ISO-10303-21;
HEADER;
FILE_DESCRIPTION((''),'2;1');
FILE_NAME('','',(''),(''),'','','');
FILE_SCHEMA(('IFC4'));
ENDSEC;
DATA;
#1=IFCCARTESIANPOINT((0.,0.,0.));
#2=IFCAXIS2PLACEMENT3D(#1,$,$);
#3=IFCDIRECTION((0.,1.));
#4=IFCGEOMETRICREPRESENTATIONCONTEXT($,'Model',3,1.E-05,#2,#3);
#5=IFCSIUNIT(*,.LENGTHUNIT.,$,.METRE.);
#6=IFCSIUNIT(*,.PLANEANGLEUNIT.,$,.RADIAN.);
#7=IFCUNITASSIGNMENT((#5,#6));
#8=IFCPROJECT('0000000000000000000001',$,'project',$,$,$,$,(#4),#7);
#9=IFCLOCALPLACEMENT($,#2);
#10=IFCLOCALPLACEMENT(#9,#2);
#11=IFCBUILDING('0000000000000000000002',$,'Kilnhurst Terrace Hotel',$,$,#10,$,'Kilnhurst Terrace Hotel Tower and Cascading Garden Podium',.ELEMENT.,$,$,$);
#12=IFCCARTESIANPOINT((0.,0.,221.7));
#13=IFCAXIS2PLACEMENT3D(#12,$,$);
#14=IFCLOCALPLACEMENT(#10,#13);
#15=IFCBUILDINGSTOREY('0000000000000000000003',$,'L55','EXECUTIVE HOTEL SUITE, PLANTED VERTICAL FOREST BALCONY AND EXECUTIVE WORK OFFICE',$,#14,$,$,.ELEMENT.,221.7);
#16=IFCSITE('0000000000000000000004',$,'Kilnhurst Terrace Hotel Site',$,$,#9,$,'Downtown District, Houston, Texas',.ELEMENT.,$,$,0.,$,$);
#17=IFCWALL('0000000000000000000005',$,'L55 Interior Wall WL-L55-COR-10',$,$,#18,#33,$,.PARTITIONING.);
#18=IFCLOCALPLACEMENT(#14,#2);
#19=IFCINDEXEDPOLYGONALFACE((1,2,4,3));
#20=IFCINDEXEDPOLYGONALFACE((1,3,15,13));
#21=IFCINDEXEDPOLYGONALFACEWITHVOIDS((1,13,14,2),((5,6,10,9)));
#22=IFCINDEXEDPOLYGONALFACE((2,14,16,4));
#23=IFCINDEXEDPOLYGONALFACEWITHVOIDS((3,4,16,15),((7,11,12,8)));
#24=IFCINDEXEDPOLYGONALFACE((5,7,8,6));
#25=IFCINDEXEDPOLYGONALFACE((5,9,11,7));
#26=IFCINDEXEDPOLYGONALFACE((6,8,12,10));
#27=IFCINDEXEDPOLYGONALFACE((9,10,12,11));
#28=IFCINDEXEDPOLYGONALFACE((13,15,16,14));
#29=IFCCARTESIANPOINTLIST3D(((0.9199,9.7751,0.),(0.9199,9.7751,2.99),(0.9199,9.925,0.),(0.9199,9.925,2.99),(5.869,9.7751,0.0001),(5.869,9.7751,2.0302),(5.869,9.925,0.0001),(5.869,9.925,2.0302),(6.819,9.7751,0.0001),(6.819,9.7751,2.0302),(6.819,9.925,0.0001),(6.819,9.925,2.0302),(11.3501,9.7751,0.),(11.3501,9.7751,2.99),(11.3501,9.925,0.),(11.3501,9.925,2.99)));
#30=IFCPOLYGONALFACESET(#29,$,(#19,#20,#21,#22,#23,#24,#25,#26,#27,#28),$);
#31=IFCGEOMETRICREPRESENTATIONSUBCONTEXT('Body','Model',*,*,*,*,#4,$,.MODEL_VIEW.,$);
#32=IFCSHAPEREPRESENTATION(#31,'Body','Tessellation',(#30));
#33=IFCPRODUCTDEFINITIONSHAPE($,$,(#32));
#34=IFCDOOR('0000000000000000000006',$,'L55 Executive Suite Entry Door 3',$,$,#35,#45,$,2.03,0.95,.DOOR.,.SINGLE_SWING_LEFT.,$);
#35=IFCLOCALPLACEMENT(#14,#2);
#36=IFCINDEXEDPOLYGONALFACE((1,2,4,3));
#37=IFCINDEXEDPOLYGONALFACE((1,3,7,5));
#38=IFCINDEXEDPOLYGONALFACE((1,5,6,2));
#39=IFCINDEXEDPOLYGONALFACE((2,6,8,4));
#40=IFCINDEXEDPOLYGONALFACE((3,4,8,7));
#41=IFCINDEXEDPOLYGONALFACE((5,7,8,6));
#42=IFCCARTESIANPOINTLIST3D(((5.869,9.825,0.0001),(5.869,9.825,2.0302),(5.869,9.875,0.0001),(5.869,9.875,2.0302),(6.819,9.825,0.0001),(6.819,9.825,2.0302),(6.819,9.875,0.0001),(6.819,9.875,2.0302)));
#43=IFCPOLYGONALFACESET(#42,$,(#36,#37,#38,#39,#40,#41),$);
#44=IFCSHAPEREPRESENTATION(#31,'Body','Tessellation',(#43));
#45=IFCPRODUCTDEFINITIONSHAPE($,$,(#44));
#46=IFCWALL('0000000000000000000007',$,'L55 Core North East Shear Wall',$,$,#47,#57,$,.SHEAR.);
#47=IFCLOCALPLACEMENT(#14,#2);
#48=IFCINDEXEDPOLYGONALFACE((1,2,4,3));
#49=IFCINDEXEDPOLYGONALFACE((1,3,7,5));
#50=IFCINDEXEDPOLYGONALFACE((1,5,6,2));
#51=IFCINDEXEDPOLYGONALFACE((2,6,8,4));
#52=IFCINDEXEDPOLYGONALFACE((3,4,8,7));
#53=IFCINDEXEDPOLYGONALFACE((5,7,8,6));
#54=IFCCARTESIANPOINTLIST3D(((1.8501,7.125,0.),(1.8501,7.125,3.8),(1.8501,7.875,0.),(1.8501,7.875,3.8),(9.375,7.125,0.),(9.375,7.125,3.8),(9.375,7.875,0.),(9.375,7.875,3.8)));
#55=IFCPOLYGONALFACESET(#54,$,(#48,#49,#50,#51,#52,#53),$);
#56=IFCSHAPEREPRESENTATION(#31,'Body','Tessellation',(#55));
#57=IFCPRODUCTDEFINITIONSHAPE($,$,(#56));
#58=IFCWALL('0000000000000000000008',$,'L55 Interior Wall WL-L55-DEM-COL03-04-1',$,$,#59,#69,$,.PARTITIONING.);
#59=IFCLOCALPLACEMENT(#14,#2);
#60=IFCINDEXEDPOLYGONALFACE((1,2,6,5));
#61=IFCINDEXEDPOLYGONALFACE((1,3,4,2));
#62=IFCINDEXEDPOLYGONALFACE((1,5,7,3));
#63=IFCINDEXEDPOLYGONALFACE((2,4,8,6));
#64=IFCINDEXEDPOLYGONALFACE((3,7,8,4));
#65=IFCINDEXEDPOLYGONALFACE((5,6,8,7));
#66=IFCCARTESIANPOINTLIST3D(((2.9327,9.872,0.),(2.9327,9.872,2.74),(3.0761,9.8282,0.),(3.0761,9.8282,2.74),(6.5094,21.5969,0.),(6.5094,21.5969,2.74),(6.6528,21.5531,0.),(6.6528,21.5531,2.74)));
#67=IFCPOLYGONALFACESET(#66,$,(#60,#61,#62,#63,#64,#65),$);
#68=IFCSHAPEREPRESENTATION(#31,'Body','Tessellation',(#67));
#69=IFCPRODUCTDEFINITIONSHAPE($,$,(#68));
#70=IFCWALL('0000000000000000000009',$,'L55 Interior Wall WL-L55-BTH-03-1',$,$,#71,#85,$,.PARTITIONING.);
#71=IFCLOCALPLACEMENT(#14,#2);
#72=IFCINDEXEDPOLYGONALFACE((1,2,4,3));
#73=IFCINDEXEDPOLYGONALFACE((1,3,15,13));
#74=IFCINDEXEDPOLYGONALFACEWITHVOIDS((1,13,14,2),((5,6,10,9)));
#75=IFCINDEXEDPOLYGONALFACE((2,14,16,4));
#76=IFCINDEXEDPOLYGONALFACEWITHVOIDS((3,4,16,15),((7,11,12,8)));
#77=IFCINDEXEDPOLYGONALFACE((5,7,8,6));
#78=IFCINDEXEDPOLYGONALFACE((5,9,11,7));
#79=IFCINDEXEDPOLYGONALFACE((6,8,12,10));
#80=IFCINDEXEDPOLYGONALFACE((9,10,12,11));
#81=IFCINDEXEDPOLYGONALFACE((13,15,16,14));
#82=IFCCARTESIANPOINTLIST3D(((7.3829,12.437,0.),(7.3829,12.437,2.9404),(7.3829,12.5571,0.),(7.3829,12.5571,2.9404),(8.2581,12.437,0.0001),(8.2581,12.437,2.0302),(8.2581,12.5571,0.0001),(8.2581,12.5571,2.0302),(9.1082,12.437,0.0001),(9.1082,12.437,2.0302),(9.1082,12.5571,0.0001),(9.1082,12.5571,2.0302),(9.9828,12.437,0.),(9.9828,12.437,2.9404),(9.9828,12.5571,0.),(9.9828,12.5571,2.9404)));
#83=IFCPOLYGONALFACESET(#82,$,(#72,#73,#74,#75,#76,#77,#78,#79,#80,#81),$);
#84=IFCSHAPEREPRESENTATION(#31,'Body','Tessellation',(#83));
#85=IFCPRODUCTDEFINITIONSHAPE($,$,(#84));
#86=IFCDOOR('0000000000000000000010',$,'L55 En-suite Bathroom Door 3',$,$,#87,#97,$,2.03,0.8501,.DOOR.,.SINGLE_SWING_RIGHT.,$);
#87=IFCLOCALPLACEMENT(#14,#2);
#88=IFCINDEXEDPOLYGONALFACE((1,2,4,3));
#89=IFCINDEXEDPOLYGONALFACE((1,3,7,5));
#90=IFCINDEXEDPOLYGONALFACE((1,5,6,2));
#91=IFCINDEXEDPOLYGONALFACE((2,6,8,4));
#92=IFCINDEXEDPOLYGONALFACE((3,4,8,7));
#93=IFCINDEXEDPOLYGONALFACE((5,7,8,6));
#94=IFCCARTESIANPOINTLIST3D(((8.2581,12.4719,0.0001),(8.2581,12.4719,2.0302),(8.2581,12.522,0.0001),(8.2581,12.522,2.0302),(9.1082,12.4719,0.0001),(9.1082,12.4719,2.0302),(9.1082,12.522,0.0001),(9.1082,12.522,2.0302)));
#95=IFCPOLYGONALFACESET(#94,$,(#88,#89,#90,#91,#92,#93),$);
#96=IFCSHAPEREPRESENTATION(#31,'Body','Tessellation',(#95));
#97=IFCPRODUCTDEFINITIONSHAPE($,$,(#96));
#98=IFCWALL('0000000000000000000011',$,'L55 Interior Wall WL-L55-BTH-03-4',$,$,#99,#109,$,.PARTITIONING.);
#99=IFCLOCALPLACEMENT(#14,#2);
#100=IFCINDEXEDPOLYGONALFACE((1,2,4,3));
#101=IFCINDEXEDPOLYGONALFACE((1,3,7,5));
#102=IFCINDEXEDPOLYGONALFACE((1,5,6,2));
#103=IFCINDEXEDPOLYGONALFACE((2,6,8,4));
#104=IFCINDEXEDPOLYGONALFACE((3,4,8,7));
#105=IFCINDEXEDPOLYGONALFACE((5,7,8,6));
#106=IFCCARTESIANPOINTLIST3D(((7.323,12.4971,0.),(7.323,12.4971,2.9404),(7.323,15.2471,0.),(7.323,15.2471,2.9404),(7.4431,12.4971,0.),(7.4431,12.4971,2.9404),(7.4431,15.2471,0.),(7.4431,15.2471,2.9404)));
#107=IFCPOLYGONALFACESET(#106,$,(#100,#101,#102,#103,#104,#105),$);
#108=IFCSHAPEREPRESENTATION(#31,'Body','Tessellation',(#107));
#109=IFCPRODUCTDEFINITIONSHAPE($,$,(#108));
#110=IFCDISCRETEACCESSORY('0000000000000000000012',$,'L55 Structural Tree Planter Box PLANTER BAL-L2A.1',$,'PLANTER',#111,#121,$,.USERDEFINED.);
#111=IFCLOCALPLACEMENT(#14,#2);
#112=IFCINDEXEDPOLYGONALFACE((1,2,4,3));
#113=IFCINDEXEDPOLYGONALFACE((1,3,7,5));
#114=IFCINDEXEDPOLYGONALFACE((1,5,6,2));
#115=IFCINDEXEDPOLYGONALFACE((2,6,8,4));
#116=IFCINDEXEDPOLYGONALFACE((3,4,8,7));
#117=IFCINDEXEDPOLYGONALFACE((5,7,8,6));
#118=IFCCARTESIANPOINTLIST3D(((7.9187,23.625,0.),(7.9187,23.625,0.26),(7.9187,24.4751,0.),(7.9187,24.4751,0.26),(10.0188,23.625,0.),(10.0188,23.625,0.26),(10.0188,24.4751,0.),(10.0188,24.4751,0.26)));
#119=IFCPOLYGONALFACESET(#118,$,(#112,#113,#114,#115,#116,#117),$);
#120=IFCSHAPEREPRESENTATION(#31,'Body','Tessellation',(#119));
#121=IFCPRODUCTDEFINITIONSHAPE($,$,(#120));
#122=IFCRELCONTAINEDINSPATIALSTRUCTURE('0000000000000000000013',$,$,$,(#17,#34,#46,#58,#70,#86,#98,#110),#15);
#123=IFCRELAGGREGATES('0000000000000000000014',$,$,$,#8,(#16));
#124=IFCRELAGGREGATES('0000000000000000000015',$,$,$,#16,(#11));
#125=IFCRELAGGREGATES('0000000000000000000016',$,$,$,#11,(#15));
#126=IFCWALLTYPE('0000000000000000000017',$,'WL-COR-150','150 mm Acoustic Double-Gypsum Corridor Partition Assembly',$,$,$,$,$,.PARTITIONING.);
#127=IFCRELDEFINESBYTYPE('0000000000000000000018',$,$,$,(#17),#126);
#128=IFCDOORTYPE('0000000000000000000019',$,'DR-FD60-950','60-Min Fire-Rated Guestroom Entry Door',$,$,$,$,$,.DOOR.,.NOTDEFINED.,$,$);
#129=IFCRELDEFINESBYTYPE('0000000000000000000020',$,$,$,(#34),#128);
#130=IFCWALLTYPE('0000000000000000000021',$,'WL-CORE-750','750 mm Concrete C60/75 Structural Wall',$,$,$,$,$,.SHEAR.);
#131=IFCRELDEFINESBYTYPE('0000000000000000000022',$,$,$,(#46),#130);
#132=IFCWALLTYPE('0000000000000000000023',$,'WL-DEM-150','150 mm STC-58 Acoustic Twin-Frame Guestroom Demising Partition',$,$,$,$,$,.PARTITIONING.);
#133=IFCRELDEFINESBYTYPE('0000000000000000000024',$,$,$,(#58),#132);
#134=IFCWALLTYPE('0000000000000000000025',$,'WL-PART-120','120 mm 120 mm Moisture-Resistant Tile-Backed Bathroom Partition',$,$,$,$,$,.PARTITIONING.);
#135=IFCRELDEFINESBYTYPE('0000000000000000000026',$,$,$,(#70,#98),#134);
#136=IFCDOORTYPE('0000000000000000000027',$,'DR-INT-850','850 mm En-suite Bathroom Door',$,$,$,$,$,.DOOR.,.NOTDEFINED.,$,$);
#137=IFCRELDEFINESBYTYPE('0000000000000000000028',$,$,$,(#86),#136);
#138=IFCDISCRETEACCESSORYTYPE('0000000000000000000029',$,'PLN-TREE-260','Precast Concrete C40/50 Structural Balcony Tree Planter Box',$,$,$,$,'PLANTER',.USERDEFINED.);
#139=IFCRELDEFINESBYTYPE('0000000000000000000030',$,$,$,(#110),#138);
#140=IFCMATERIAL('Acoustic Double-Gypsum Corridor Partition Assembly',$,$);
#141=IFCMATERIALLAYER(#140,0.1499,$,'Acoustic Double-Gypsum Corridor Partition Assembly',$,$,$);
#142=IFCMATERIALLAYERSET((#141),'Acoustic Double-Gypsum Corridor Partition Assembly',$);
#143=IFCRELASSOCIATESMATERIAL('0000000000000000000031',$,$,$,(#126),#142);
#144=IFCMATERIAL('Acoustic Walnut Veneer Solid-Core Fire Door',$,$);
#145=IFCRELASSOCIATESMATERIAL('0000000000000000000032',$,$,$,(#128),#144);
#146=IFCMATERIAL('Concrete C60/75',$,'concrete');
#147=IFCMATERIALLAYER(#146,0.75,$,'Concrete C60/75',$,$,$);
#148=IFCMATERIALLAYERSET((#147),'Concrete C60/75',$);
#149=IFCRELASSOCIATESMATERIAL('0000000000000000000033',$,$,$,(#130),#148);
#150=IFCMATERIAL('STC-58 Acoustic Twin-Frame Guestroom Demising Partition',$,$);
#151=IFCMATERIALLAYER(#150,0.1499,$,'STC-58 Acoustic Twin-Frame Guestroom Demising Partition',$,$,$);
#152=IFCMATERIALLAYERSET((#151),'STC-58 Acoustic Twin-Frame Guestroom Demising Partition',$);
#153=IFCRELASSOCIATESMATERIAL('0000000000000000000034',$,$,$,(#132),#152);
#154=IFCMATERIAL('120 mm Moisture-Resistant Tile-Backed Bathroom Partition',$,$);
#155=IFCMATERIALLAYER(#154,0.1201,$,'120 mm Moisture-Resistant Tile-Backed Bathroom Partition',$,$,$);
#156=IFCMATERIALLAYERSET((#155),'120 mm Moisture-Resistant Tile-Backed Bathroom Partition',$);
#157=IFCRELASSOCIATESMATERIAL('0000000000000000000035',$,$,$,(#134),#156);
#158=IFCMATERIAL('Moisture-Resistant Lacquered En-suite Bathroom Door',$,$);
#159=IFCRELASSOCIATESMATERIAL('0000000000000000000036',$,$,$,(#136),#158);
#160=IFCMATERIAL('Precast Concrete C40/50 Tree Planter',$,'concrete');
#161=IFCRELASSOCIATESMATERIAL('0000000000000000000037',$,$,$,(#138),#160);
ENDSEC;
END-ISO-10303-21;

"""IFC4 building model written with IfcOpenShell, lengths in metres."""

from ifc_helpers import new_model, si_unit, direction, frame, frame_2d, origin, origin_2d, place, context, subcontext, project, spatial, rectangle, extrude, material, layer, layer_set, type_object, element, fill, save


model = new_model("IFC4")

# Units and contexts
model_context = context("Model", 3, precision=1e-05, world=origin(), true_north=direction((0.0, 1.0)))
body_context = subcontext(model_context, "Body", "Model", "MODEL_VIEW")
ifc_project = project(units=[si_unit("LENGTHUNIT", "METRE"), si_unit("PLANEANGLEUNIT", "RADIAN")], contexts=[model_context])

# Site, building, storey
site_placement = place(None, origin())
site = spatial("IfcSite", under=ifc_project, at=site_placement, Name="Kilnhurst Terrace Hotel Site", LongName="Downtown District, Houston, Texas", CompositionType="ELEMENT", RefElevation=0.0)
building_placement = place(site_placement, origin())
building = spatial("IfcBuilding", under=site, at=building_placement, Name="Kilnhurst Terrace Hotel", LongName="Kilnhurst Terrace Hotel Tower and Cascading Garden Podium", CompositionType="ELEMENT")
storey_placement = place(building_placement, frame((0.0, 0.0, 221.7)))
storey = spatial("IfcBuildingStorey", under=building, at=storey_placement, Name="L55", Description="EXECUTIVE HOTEL SUITE, PLANTED VERTICAL FOREST BALCONY AND EXECUTIVE WORK OFFICE", CompositionType="ELEMENT", Elevation=221.7)

# Shared definitions
ifc_material_1 = material(Name="Concrete C60/75", Category="concrete")

# Shared definitions
ifc_material_2 = material(Name="Acoustic Double-Gypsum Corridor Partition Assembly")
ifc_layer_1 = layer(ifc_material_2, 0.1499, Name="Acoustic Double-Gypsum Corridor Partition Assembly")
ifc_layer_set_1 = layer_set([ifc_layer_1], Name="Acoustic Double-Gypsum Corridor Partition Assembly")
wall_type_1 = type_object("IfcWallType", Name="WL-COR-150", Description="150 mm Acoustic Double-Gypsum Corridor Partition Assembly", PredefinedType="PARTITIONING", material=ifc_layer_set_1)

# Wall, opening, door
wall_1_placement = place(storey_placement, frame((0.9199, 9.8501, 0.0), z_axis=(0.0, 0.0, 1.0), x_axis=(1.0, 0.0, 0.0)))
wall_1 = element("IfcWall", 1, at=wall_1_placement, inside=storey, type_object=wall_type_1, Name="L55 Interior Wall WL-L55-COR-10", PredefinedType="PARTITIONING", context=body_context, shape_type="SweptSolid", body=[
    extrude(rectangle(XDim=10.4302, YDim=0.1499, at=frame_2d((5.2151, 0.0))), origin(), (0.0, 0.0, 1.0), 2.99),
])
opening_1_placement = place(wall_1_placement, frame((4.949, 0.0, 0.0)))
opening_1 = element("IfcOpeningElement", 2, at=opening_1_placement, cuts=wall_1, PredefinedType="OPENING", context=body_context, shape_type="SweptSolid", body=[
    extrude(rectangle(XDim=0.95, YDim=2.03, at=frame_2d((0.4751, 1.0151))), frame((0.0, 0.085, 0.0), z_axis=(0.0, -1.0, 0.0), x_axis=(1.0, 0.0, 0.0)), (0.0, 0.0, 1.0), 0.1699),
])
ifc_material_3 = material(Name="Acoustic Walnut Veneer Solid-Core Fire Door")
door_type_1 = type_object("IfcDoorType", Name="DR-FD60-950", Description="60-Min Fire-Rated Guestroom Entry Door", OperationType="NOTDEFINED", PredefinedType="DOOR", material=ifc_material_3)
door_1_placement = place(opening_1_placement, origin())
door_1 = element("IfcDoor", 3, at=door_1_placement, inside=storey, type_object=door_type_1, Name="L55 Executive Suite Entry Door 3", OperationType="SINGLE_SWING_LEFT", OverallHeight=2.03, OverallWidth=0.95, PredefinedType="DOOR", context=body_context, shape_type="SweptSolid", body=[
    extrude(rectangle(XDim=0.95, YDim=2.03, at=frame_2d((0.4751, 1.0151))), frame((0.0, 0.0249, 0.0), z_axis=(0.0, -1.0, 0.0), x_axis=(1.0, 0.0, 0.0)), (0.0, 0.0, 1.0), 0.05),
])
fill(opening_1, door_1)

# Walls
ifc_layer_2 = layer(ifc_material_1, 0.75, Name="Concrete C60/75")
ifc_layer_set_2 = layer_set([ifc_layer_2], Name="Concrete C60/75")
wall_type_2 = type_object("IfcWallType", Name="WL-CORE-750", Description="750 mm Concrete C60/75 Structural Wall", PredefinedType="SHEAR", material=ifc_layer_set_2)
wall_2_placement = place(storey_placement, frame((1.8501, 7.5, 0.0), z_axis=(0.0, 0.0, 1.0), x_axis=(1.0, 0.0, 0.0)))
element("IfcWall", 4, at=wall_2_placement, inside=storey, type_object=wall_type_2, Name="L55 Core North East Shear Wall", PredefinedType="SHEAR", context=body_context, shape_type="SweptSolid", body=[
    extrude(rectangle(XDim=7.5249, YDim=0.75, at=frame_2d((3.7625, 0.0))), origin(), (0.0, 0.0, 1.0), 3.8),
])
ifc_material_4 = material(Name="STC-58 Acoustic Twin-Frame Guestroom Demising Partition")
ifc_layer_3 = layer(ifc_material_4, 0.1499, Name="STC-58 Acoustic Twin-Frame Guestroom Demising Partition")
ifc_layer_set_3 = layer_set([ifc_layer_3], Name="STC-58 Acoustic Twin-Frame Guestroom Demising Partition")
wall_type_3 = type_object("IfcWallType", Name="WL-DEM-150", Description="150 mm STC-58 Acoustic Twin-Frame Guestroom Demising Partition", PredefinedType="PARTITIONING", material=ifc_layer_set_3)
wall_3_placement = place(storey_placement, frame((3.0044, 9.8501, 0.0), z_axis=(0.0, 0.0, 1.0), x_axis=(0.291776, 0.956487, 0.0)))
element("IfcWall", 5, at=wall_3_placement, inside=storey, type_object=wall_type_3, Name="L55 Interior Wall WL-L55-DEM-COL03-04-1", PredefinedType="PARTITIONING", context=body_context, shape_type="SweptSolid", body=[
    extrude(rectangle(XDim=12.2583, YDim=0.1499, at=frame_2d((6.1292, 0.0))), origin(), (0.0, 0.0, 1.0), 2.74),
])

# Wall, opening, door
ifc_material_5 = material(Name="120 mm Moisture-Resistant Tile-Backed Bathroom Partition")
ifc_layer_4 = layer(ifc_material_5, 0.1201, Name="120 mm Moisture-Resistant Tile-Backed Bathroom Partition")
ifc_layer_set_4 = layer_set([ifc_layer_4], Name="120 mm Moisture-Resistant Tile-Backed Bathroom Partition")
wall_type_4 = type_object("IfcWallType", Name="WL-PART-120", Description="120 mm 120 mm Moisture-Resistant Tile-Backed Bathroom Partition", PredefinedType="PARTITIONING", material=ifc_layer_set_4)
wall_4_placement = place(storey_placement, frame((7.3831, 12.4971, 0.0), z_axis=(0.0, 0.0, 1.0), x_axis=(1.0, 0.0, 0.0)))
wall_4 = element("IfcWall", 6, at=wall_4_placement, inside=storey, type_object=wall_type_4, Name="L55 Interior Wall WL-L55-BTH-03-1", PredefinedType="PARTITIONING", context=body_context, shape_type="SweptSolid", body=[
    extrude(rectangle(XDim=2.5999, YDim=0.1201, at=frame_2d((1.2998, 0.0))), origin(), (0.0, 0.0, 1.0), 2.9404),
])
opening_2_placement = place(wall_4_placement, frame((0.875, 0.0, 0.0)))
opening_2 = element("IfcOpeningElement", 7, at=opening_2_placement, cuts=wall_4, PredefinedType="OPENING", context=body_context, shape_type="SweptSolid", body=[
    extrude(rectangle(XDim=0.8501, YDim=2.03, at=frame_2d((0.425, 1.0151))), frame((0.0, 0.0701, 0.0), z_axis=(0.0, -1.0, 0.0), x_axis=(1.0, 0.0, 0.0)), (0.0, 0.0, 1.0), 0.1401),
])
ifc_material_6 = material(Name="Moisture-Resistant Lacquered En-suite Bathroom Door")
door_type_2 = type_object("IfcDoorType", Name="DR-INT-850", Description="850 mm En-suite Bathroom Door", OperationType="NOTDEFINED", PredefinedType="DOOR", material=ifc_material_6)
door_2_placement = place(opening_2_placement, origin())
door_2 = element("IfcDoor", 8, at=door_2_placement, inside=storey, type_object=door_type_2, Name="L55 En-suite Bathroom Door 3", OperationType="SINGLE_SWING_RIGHT", OverallHeight=2.03, OverallWidth=0.8501, PredefinedType="DOOR", context=body_context, shape_type="SweptSolid", body=[
    extrude(rectangle(XDim=0.8501, YDim=2.03, at=frame_2d((0.425, 1.0151))), frame((0.0, 0.0249, 0.0), z_axis=(0.0, -1.0, 0.0), x_axis=(1.0, 0.0, 0.0)), (0.0, 0.0, 1.0), 0.05),
])
fill(opening_2, door_2)

# Wall
wall_5_placement = place(storey_placement, frame((7.3831, 15.2471, 0.0), z_axis=(0.0, 0.0, 1.0), x_axis=(0.0, -1.0, 0.0)))
element("IfcWall", 9, at=wall_5_placement, inside=storey, type_object=wall_type_4, Name="L55 Interior Wall WL-L55-BTH-03-4", PredefinedType="PARTITIONING", context=body_context, shape_type="SweptSolid", body=[
    extrude(rectangle(XDim=2.75, YDim=0.1201, at=frame_2d((1.375, 0.0))), origin(), (0.0, 0.0, 1.0), 2.9404),
])

# Discrete accessory
ifc_material_7 = material(Name="Precast Concrete C40/50 Tree Planter", Category="concrete")
discrete_accessory_type = type_object("IfcDiscreteAccessoryType", Name="PLN-TREE-260", Description="Precast Concrete C40/50 Structural Balcony Tree Planter Box", ElementType="PLANTER", PredefinedType="USERDEFINED", material=ifc_material_7)
discrete_accessory_placement = place(storey_placement, frame((8.9688, 24.05, 0.0), z_axis=(0.0, 0.0, 1.0), x_axis=(-1.0, 0.0, 0.0)))
element("IfcDiscreteAccessory", 10, at=discrete_accessory_placement, inside=storey, type_object=discrete_accessory_type, Name="L55 Structural Tree Planter Box PLANTER BAL-L2A.1", ObjectType="PLANTER", PredefinedType="USERDEFINED", context=body_context, shape_type="SweptSolid", body=[
    extrude(rectangle(XDim=2.1001, YDim=0.8501, at=origin_2d()), origin(), (0.0, 0.0, 1.0), 0.26),
])

save(model, "model.ifc")
